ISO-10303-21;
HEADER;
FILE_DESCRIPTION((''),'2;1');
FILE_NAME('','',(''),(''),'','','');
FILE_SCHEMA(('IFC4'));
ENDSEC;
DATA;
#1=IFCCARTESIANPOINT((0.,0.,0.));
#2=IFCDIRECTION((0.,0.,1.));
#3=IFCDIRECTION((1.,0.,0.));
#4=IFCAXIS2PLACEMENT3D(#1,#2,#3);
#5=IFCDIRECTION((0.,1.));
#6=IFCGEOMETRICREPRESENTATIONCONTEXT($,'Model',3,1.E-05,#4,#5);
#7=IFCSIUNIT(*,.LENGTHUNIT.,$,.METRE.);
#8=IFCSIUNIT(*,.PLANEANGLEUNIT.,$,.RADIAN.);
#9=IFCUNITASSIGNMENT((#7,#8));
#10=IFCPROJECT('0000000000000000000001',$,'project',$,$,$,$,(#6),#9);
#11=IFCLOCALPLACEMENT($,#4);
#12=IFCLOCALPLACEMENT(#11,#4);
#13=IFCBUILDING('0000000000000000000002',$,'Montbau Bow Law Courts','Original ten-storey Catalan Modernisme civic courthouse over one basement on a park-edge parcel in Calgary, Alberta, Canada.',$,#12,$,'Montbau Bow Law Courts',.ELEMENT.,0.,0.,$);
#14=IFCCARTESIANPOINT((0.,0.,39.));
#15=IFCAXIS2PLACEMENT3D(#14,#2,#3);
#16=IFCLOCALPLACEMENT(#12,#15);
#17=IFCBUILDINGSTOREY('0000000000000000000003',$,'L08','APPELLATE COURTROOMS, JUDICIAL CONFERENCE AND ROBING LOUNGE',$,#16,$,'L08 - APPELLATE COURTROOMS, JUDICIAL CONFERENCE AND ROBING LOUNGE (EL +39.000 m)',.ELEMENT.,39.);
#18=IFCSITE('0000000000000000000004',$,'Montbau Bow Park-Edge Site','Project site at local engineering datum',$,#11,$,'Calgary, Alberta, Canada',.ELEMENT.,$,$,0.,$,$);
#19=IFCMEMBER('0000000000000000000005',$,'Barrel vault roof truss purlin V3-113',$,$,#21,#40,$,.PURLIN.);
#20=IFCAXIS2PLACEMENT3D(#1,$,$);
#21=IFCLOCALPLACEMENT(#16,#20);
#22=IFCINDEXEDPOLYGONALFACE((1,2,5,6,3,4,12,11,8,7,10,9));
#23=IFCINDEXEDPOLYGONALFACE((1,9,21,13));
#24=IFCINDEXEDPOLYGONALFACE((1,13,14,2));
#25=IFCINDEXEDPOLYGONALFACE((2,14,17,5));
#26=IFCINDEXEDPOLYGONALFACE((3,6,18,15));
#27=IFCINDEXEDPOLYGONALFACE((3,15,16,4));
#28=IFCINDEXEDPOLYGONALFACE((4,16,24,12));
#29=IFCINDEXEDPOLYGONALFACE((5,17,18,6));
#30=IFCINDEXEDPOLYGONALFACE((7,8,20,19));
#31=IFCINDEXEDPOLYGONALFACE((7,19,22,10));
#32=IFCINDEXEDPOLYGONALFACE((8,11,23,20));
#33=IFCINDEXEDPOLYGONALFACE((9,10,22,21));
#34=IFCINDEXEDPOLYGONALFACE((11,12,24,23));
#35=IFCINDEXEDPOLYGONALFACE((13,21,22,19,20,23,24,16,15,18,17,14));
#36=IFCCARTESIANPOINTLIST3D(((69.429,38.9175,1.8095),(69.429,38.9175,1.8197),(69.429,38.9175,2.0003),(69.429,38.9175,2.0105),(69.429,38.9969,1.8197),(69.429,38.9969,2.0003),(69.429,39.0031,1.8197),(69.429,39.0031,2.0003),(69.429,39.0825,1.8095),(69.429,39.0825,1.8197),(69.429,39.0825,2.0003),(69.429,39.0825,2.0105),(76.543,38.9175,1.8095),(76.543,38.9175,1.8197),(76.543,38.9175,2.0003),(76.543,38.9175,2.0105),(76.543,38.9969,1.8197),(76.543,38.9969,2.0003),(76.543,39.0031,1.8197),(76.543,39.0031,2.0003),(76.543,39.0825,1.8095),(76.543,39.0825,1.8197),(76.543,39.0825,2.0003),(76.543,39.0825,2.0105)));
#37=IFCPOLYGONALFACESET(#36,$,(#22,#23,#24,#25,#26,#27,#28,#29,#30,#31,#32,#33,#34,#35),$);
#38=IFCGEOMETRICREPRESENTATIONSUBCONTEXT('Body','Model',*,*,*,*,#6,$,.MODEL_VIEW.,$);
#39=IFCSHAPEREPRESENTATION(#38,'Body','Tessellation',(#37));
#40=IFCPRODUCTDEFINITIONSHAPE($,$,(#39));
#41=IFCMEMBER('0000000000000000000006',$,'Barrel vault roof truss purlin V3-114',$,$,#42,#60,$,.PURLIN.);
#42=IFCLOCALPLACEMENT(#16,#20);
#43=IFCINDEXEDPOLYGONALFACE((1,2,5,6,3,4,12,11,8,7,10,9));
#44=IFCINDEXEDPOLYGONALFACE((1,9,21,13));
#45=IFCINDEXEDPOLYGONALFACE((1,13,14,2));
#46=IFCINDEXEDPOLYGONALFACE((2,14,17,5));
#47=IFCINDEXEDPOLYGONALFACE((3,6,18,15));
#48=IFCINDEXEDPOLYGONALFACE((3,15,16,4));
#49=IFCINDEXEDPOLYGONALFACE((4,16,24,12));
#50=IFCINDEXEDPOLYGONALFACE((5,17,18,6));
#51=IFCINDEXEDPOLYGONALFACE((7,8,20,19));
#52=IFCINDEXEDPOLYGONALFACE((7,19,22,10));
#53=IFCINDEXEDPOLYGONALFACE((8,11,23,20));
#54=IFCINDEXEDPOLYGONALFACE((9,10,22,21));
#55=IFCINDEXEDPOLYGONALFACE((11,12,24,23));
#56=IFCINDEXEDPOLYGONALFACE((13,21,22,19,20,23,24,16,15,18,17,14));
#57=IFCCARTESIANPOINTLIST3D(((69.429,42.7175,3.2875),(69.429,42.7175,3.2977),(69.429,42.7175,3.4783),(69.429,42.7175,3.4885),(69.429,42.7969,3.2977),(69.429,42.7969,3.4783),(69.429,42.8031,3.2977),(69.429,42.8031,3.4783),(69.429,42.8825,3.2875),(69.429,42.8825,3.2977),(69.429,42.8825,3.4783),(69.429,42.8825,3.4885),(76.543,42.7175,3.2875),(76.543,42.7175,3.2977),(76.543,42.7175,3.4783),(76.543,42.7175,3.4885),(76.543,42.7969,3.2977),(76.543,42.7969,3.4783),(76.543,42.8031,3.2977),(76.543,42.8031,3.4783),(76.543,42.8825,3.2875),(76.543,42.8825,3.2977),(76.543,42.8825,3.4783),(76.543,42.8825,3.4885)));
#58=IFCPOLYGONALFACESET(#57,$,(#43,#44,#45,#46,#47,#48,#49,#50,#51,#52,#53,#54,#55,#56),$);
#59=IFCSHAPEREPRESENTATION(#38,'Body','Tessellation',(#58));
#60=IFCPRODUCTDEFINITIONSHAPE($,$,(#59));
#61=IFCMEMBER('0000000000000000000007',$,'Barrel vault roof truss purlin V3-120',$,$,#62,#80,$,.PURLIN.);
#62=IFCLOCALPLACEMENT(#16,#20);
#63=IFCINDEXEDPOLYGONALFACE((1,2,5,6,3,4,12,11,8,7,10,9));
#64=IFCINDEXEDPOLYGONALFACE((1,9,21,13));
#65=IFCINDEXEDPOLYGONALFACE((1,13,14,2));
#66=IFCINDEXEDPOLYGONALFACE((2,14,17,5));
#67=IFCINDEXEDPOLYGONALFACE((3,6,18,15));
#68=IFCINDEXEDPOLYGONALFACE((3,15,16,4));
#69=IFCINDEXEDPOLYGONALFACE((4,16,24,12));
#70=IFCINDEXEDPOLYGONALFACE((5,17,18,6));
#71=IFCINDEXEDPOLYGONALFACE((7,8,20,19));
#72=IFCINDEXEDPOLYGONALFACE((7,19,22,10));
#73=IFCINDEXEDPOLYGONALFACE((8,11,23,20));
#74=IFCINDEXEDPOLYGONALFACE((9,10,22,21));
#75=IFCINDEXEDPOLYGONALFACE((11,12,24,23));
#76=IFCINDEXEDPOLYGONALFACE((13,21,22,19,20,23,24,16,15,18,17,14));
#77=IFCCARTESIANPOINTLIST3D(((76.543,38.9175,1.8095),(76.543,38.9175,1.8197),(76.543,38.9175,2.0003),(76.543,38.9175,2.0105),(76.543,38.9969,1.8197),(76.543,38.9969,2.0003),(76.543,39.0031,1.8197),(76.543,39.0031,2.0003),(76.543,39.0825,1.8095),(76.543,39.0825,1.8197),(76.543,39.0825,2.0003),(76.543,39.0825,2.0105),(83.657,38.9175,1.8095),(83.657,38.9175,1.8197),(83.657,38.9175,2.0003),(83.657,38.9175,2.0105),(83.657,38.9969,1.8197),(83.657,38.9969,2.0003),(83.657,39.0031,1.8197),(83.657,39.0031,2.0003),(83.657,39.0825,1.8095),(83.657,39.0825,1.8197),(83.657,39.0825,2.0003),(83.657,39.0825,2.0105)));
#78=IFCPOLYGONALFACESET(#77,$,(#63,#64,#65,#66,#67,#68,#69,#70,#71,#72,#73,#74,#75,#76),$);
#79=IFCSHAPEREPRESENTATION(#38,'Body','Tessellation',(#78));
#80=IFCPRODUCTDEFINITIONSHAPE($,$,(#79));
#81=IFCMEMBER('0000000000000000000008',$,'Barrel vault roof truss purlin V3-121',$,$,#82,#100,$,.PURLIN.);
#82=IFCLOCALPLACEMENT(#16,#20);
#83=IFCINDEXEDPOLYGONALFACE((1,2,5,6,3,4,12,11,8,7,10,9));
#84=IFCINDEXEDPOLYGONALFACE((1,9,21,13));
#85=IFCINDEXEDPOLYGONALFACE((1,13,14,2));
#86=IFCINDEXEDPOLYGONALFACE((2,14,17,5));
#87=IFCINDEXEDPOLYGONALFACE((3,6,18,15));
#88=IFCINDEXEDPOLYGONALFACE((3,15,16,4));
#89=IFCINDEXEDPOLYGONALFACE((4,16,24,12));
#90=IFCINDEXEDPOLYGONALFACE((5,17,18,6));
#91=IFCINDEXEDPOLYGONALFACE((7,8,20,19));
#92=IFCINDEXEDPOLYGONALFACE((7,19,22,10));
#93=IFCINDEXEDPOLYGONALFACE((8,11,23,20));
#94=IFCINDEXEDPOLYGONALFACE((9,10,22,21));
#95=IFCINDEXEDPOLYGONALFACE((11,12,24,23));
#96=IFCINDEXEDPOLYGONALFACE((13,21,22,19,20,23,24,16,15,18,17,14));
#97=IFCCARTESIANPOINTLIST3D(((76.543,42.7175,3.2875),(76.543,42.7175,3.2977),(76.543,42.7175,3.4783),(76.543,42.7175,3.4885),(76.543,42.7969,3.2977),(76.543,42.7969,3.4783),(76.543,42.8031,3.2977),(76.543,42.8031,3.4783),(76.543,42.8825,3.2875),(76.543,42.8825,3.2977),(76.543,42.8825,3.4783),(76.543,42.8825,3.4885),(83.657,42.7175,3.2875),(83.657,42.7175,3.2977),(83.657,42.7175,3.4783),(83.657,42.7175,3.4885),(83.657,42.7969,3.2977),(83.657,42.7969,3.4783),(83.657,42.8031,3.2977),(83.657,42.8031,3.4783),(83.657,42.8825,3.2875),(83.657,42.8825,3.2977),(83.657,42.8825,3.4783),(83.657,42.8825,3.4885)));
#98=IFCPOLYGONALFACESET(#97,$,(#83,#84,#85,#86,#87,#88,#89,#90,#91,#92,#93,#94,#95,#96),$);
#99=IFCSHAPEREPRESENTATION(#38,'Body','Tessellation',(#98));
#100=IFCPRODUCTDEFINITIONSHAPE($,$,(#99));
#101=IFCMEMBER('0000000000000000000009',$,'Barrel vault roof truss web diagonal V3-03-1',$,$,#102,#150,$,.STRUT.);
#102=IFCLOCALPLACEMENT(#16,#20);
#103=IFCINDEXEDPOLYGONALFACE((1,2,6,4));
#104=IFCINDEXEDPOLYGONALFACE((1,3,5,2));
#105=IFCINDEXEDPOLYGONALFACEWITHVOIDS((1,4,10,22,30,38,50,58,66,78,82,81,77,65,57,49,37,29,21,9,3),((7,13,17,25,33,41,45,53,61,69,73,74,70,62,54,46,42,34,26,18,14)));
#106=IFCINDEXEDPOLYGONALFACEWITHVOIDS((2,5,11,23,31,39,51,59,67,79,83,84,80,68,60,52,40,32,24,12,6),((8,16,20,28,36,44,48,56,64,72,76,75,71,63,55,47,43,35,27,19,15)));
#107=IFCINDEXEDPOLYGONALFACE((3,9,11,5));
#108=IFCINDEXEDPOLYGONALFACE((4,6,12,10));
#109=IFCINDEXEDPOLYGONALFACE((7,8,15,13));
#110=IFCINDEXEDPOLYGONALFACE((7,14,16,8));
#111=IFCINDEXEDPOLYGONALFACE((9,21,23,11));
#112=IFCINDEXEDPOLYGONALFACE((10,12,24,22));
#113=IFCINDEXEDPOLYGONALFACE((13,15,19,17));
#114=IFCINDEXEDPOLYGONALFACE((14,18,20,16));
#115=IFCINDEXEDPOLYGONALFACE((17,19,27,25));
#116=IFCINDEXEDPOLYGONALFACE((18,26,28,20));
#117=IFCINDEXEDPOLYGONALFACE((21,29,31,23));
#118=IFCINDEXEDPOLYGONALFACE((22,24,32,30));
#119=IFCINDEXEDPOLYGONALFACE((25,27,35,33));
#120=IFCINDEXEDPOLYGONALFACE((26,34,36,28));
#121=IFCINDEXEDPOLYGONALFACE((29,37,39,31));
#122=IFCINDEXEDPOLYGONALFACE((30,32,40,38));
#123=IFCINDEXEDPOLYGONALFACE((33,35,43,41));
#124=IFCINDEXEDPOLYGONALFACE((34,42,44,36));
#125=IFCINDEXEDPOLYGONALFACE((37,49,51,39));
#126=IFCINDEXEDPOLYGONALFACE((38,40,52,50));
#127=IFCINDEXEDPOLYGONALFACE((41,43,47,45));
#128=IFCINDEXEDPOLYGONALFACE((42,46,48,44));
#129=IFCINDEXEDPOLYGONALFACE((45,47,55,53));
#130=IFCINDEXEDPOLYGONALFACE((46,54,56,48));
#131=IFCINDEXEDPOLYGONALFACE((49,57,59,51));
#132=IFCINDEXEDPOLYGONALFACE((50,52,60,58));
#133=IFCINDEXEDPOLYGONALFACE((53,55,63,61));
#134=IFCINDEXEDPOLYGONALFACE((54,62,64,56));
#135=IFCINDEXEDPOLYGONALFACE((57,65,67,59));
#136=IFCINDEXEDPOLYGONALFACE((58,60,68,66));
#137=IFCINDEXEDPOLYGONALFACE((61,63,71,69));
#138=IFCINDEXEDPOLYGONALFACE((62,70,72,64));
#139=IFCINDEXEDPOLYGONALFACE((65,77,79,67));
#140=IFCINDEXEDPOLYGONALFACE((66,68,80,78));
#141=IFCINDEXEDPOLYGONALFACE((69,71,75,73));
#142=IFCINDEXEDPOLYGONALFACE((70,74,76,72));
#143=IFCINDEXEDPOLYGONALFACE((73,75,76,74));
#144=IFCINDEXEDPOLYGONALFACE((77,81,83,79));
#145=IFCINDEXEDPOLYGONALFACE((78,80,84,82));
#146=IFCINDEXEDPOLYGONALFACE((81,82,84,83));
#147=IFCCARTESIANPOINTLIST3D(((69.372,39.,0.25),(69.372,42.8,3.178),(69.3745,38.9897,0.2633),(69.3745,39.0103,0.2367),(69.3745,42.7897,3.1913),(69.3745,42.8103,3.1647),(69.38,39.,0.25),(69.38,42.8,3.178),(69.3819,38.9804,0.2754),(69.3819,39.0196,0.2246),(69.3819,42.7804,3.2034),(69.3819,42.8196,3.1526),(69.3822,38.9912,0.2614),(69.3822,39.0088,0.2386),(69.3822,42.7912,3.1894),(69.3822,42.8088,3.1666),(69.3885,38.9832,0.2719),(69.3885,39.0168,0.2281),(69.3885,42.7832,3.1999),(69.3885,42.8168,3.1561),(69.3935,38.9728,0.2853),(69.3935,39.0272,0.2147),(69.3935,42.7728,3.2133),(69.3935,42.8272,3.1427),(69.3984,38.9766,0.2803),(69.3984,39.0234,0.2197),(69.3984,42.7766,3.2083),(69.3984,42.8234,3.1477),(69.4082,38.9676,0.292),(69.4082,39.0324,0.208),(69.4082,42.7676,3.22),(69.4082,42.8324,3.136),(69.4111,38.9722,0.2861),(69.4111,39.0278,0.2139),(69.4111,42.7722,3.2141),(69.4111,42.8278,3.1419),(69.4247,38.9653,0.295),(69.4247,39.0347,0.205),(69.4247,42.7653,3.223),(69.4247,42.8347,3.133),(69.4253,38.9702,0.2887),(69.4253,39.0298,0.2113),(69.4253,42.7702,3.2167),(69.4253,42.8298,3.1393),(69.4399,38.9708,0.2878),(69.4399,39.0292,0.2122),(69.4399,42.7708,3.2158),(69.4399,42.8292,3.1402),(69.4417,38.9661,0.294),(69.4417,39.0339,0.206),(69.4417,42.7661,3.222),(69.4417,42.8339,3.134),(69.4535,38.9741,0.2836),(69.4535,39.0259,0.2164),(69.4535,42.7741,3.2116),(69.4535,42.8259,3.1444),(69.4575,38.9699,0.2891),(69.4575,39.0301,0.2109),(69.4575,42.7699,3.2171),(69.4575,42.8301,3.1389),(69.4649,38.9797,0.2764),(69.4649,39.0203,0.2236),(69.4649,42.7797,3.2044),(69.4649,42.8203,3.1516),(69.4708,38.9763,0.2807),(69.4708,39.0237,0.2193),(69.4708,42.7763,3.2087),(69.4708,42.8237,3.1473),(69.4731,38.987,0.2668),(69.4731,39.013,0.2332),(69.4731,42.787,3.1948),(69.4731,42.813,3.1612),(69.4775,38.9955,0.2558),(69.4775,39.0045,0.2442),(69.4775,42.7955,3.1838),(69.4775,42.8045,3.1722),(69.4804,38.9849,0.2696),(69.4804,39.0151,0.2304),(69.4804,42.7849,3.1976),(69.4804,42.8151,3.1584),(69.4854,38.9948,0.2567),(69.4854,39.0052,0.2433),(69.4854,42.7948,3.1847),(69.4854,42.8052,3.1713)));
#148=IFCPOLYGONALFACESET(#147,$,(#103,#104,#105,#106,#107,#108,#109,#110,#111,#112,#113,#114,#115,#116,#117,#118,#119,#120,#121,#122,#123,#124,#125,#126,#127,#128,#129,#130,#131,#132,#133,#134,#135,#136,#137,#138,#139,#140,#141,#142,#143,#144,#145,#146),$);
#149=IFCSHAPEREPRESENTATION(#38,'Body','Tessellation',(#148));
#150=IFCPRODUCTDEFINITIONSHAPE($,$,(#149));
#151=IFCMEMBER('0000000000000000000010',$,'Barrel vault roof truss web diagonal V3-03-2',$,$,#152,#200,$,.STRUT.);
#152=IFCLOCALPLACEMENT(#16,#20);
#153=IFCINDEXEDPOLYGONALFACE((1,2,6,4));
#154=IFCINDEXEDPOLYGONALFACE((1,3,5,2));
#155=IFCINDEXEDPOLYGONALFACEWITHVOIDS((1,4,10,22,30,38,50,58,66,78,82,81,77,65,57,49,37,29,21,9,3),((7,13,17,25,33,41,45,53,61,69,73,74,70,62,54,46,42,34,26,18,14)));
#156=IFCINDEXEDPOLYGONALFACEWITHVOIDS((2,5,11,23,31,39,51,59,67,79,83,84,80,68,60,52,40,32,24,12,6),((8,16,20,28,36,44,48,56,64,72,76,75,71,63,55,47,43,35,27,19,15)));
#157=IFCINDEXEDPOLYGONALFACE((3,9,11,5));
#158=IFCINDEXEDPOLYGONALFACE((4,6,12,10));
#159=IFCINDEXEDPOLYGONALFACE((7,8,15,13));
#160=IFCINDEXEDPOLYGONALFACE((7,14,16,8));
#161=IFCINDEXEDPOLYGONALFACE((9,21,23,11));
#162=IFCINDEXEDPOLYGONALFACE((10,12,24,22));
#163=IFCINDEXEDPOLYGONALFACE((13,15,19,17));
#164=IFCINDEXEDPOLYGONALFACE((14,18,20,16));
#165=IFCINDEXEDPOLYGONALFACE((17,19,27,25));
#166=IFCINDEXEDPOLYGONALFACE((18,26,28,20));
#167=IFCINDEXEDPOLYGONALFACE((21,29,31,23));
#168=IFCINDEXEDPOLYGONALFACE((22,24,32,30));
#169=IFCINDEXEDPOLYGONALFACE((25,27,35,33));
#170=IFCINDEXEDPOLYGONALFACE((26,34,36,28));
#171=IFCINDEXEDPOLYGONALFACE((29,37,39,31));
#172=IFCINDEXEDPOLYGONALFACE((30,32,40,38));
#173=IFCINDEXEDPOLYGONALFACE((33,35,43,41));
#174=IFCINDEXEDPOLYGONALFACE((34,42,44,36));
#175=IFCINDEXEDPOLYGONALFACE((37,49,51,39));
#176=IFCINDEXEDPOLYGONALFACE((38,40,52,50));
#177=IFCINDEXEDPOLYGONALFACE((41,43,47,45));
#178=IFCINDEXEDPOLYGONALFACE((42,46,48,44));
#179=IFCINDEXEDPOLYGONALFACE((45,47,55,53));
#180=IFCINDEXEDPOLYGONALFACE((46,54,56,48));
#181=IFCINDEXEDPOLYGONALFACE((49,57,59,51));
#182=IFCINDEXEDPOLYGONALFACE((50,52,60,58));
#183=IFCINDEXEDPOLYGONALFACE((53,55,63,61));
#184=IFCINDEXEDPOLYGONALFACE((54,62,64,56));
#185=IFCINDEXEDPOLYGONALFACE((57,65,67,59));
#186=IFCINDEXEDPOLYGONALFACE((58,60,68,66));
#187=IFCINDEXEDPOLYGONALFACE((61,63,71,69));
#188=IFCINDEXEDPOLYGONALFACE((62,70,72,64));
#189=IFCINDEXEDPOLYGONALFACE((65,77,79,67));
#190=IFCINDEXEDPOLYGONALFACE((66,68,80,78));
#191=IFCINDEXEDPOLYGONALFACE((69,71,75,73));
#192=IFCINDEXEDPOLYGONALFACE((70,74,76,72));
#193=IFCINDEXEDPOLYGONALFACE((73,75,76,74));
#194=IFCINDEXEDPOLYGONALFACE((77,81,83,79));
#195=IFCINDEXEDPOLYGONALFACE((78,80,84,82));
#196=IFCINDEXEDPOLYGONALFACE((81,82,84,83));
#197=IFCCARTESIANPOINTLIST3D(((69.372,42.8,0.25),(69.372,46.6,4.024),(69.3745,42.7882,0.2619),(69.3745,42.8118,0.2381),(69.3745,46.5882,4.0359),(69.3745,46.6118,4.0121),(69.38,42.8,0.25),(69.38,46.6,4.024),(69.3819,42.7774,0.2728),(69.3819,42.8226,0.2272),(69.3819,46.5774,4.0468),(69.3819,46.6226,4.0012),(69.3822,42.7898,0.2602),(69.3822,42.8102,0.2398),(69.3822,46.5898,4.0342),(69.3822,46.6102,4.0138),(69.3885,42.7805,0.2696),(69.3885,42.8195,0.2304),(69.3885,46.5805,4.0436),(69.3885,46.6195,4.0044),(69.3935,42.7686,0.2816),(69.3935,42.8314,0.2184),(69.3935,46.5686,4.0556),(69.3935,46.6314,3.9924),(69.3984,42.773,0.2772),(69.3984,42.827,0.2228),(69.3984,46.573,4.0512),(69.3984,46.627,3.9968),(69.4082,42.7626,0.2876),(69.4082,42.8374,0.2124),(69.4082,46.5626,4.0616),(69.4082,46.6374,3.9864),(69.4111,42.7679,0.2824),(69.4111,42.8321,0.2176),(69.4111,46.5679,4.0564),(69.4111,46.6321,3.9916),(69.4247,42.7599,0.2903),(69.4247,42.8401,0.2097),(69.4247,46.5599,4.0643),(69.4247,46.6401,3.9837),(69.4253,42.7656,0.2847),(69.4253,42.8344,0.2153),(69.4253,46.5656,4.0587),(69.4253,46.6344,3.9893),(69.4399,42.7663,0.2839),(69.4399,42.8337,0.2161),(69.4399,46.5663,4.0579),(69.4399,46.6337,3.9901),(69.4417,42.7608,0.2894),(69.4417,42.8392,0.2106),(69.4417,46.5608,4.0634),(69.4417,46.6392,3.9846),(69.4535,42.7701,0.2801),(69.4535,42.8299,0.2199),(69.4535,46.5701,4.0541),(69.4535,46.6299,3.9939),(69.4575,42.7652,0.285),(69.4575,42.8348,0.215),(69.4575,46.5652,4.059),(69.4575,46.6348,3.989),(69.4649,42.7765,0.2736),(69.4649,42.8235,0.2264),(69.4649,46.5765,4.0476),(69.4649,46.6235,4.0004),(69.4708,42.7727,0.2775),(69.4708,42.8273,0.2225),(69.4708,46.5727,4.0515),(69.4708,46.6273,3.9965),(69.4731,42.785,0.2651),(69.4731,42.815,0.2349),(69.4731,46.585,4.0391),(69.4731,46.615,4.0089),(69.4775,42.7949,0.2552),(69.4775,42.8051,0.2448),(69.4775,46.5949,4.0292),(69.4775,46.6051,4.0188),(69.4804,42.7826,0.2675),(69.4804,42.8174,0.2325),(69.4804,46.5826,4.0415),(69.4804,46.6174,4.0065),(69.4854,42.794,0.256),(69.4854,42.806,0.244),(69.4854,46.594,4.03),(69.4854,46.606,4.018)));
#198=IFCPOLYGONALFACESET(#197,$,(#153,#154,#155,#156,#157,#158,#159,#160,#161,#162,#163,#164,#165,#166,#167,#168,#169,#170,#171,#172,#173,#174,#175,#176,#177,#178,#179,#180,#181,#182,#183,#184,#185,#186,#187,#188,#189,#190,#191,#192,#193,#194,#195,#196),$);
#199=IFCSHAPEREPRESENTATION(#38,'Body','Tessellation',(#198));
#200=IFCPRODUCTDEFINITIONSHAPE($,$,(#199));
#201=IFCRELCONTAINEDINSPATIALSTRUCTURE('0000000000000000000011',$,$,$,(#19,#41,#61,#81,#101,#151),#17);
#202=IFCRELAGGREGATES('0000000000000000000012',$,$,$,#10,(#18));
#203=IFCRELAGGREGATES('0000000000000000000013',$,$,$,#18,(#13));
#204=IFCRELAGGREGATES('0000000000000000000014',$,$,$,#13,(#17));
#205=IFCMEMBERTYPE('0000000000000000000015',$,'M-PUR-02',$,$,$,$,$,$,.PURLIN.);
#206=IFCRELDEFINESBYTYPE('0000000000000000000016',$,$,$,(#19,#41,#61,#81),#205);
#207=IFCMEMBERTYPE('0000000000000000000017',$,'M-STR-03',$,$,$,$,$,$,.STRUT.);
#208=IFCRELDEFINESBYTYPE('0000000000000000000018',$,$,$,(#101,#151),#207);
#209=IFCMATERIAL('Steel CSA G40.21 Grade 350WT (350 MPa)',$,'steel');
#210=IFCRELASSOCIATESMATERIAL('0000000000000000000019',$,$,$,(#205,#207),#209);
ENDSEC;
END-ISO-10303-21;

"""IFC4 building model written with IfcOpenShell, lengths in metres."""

from ifc_helpers import new_model, si_unit, direction, frame, origin_with_axes, origin_2d_with_axis, place, context, subcontext, project, spatial, hollow_circle, i_section, extrude, material, material_profile, profile_set, type_object, element, save


model = new_model("IFC4")

# Units and contexts
model_context = context("Model", 3, precision=1e-05, world=origin_with_axes(), true_north=direction((0.0, 1.0)))
body_context = subcontext(model_context, "Body", "Model", "MODEL_VIEW")
ifc_project = project(units=[si_unit("LENGTHUNIT", "METRE"), si_unit("PLANEANGLEUNIT", "RADIAN")], contexts=[model_context])

# Site, building, storey
site_placement = place(None, origin_with_axes())
site = spatial("IfcSite", under=ifc_project, at=site_placement, Name="Montbau Bow Park-Edge Site", Description="Project site at local engineering datum", LongName="Calgary, Alberta, Canada", CompositionType="ELEMENT", RefElevation=0.0)
building_placement = place(site_placement, origin_with_axes())
building = spatial("IfcBuilding", under=site, at=building_placement, Name="Montbau Bow Law Courts", Description="Original ten-storey Catalan Modernisme civic courthouse over one basement on a park-edge parcel in Calgary, Alberta, Canada.", LongName="Montbau Bow Law Courts", CompositionType="ELEMENT", ElevationOfRefHeight=0.0, ElevationOfTerrain=0.0)
storey_placement = place(building_placement, frame((0.0, 0.0, 39.0), z_axis=(0.0, 0.0, 1.0), x_axis=(1.0, 0.0, 0.0)))
storey = spatial("IfcBuildingStorey", under=building, at=storey_placement, Name="L08", Description="APPELLATE COURTROOMS, JUDICIAL CONFERENCE AND ROBING LOUNGE", LongName="L08 - APPELLATE COURTROOMS, JUDICIAL CONFERENCE AND ROBING LOUNGE (EL +39.000 m)", CompositionType="ELEMENT", Elevation=39.0)

# Shared definitions
ifc_material_1 = material(Name="Steel CSA G40.21 Grade 350WT (350 MPa)", Category="steel")

# Members
ifc_material_profile_1 = material_profile(ifc_material_1, i_section(OverallWidth=0.165, OverallDepth=0.201, WebThickness=0.0062, FlangeThickness=0.0102, at=origin_2d_with_axis()), Name="W200X36", Category="Main", Priority=0)
ifc_profile_set_1 = profile_set([ifc_material_profile_1], Name="Steel CSA G40.21 Grade 350WT (350 MPa)")
member_type_1 = type_object("IfcMemberType", Name="M-PUR-02", PredefinedType="PURLIN", material=ifc_profile_set_1)
for number, where, z_axis, x_axis, name in (
    (1, (69.429, 39.0, 40.91), (1.0, 0.0, 0.0), (0.0, 1.0, 0.0), "Barrel vault roof truss purlin V3-113"),
    (2, (69.429, 42.8, 42.388), (1.0, 0.0, 0.0), (0.0, 1.0, 0.0), "Barrel vault roof truss purlin V3-114"),
    (3, (76.543, 39.0, 40.91), (1.0, 0.0, 0.0), (0.0, 1.0, 0.0), "Barrel vault roof truss purlin V3-120"),
    (4, (76.543, 42.8, 42.388), (1.0, 0.0, 0.0), (0.0, 1.0, 0.0), "Barrel vault roof truss purlin V3-121"),
):
    element("IfcMember", number, at=place(None, frame(where, z_axis=z_axis, x_axis=x_axis)), inside=storey, type_object=member_type_1, Name=name, PredefinedType="PURLIN", context=body_context, shape_type="SweptSolid", body=[
        extrude(i_section(OverallWidth=0.165, OverallDepth=0.201, WebThickness=0.0062, FlangeThickness=0.0102, at=origin_2d_with_axis()), origin_with_axes(), (0.0, 0.0, 1.0), 7.114),
    ])
ifc_material_profile_2 = material_profile(ifc_material_1, hollow_circle(Radius=0.057, WallThickness=0.008, at=origin_2d_with_axis()), Name="HSS114X8.0", Category="Main", Priority=0)
ifc_profile_set_2 = profile_set([ifc_material_profile_2], Name="Steel CSA G40.21 Grade 350WT (350 MPa)")
member_type_2 = type_object("IfcMemberType", Name="M-STR-03", PredefinedType="STRUT", material=ifc_profile_set_2)
member_1_placement = place(None, frame((69.429, 39.0, 39.25), z_axis=(0.0, 0.792128, 0.610355), x_axis=(-1.0, 0.0, 0.0)))
element("IfcMember", 5, at=member_1_placement, inside=storey, type_object=member_type_2, Name="Barrel vault roof truss web diagonal V3-03-1", PredefinedType="STRUT", context=body_context, shape_type="SweptSolid", body=[
    extrude(hollow_circle(Radius=0.057, WallThickness=0.008, at=origin_2d_with_axis()), origin_with_axes(), (0.0, 0.0, 1.0), 4.7972),
])
member_2_placement = place(None, frame((69.429, 42.8, 39.25), z_axis=(0.0, 0.70953, 0.704675), x_axis=(-1.0, 0.0, 0.0)))
element("IfcMember", 6, at=member_2_placement, inside=storey, type_object=member_type_2, Name="Barrel vault roof truss web diagonal V3-03-2", PredefinedType="STRUT", context=body_context, shape_type="SweptSolid", body=[
    extrude(hollow_circle(Radius=0.057, WallThickness=0.008, at=origin_2d_with_axis()), origin_with_axes(), (0.0, 0.0, 1.0), 5.3557),
])

save(model, "model.ifc")
